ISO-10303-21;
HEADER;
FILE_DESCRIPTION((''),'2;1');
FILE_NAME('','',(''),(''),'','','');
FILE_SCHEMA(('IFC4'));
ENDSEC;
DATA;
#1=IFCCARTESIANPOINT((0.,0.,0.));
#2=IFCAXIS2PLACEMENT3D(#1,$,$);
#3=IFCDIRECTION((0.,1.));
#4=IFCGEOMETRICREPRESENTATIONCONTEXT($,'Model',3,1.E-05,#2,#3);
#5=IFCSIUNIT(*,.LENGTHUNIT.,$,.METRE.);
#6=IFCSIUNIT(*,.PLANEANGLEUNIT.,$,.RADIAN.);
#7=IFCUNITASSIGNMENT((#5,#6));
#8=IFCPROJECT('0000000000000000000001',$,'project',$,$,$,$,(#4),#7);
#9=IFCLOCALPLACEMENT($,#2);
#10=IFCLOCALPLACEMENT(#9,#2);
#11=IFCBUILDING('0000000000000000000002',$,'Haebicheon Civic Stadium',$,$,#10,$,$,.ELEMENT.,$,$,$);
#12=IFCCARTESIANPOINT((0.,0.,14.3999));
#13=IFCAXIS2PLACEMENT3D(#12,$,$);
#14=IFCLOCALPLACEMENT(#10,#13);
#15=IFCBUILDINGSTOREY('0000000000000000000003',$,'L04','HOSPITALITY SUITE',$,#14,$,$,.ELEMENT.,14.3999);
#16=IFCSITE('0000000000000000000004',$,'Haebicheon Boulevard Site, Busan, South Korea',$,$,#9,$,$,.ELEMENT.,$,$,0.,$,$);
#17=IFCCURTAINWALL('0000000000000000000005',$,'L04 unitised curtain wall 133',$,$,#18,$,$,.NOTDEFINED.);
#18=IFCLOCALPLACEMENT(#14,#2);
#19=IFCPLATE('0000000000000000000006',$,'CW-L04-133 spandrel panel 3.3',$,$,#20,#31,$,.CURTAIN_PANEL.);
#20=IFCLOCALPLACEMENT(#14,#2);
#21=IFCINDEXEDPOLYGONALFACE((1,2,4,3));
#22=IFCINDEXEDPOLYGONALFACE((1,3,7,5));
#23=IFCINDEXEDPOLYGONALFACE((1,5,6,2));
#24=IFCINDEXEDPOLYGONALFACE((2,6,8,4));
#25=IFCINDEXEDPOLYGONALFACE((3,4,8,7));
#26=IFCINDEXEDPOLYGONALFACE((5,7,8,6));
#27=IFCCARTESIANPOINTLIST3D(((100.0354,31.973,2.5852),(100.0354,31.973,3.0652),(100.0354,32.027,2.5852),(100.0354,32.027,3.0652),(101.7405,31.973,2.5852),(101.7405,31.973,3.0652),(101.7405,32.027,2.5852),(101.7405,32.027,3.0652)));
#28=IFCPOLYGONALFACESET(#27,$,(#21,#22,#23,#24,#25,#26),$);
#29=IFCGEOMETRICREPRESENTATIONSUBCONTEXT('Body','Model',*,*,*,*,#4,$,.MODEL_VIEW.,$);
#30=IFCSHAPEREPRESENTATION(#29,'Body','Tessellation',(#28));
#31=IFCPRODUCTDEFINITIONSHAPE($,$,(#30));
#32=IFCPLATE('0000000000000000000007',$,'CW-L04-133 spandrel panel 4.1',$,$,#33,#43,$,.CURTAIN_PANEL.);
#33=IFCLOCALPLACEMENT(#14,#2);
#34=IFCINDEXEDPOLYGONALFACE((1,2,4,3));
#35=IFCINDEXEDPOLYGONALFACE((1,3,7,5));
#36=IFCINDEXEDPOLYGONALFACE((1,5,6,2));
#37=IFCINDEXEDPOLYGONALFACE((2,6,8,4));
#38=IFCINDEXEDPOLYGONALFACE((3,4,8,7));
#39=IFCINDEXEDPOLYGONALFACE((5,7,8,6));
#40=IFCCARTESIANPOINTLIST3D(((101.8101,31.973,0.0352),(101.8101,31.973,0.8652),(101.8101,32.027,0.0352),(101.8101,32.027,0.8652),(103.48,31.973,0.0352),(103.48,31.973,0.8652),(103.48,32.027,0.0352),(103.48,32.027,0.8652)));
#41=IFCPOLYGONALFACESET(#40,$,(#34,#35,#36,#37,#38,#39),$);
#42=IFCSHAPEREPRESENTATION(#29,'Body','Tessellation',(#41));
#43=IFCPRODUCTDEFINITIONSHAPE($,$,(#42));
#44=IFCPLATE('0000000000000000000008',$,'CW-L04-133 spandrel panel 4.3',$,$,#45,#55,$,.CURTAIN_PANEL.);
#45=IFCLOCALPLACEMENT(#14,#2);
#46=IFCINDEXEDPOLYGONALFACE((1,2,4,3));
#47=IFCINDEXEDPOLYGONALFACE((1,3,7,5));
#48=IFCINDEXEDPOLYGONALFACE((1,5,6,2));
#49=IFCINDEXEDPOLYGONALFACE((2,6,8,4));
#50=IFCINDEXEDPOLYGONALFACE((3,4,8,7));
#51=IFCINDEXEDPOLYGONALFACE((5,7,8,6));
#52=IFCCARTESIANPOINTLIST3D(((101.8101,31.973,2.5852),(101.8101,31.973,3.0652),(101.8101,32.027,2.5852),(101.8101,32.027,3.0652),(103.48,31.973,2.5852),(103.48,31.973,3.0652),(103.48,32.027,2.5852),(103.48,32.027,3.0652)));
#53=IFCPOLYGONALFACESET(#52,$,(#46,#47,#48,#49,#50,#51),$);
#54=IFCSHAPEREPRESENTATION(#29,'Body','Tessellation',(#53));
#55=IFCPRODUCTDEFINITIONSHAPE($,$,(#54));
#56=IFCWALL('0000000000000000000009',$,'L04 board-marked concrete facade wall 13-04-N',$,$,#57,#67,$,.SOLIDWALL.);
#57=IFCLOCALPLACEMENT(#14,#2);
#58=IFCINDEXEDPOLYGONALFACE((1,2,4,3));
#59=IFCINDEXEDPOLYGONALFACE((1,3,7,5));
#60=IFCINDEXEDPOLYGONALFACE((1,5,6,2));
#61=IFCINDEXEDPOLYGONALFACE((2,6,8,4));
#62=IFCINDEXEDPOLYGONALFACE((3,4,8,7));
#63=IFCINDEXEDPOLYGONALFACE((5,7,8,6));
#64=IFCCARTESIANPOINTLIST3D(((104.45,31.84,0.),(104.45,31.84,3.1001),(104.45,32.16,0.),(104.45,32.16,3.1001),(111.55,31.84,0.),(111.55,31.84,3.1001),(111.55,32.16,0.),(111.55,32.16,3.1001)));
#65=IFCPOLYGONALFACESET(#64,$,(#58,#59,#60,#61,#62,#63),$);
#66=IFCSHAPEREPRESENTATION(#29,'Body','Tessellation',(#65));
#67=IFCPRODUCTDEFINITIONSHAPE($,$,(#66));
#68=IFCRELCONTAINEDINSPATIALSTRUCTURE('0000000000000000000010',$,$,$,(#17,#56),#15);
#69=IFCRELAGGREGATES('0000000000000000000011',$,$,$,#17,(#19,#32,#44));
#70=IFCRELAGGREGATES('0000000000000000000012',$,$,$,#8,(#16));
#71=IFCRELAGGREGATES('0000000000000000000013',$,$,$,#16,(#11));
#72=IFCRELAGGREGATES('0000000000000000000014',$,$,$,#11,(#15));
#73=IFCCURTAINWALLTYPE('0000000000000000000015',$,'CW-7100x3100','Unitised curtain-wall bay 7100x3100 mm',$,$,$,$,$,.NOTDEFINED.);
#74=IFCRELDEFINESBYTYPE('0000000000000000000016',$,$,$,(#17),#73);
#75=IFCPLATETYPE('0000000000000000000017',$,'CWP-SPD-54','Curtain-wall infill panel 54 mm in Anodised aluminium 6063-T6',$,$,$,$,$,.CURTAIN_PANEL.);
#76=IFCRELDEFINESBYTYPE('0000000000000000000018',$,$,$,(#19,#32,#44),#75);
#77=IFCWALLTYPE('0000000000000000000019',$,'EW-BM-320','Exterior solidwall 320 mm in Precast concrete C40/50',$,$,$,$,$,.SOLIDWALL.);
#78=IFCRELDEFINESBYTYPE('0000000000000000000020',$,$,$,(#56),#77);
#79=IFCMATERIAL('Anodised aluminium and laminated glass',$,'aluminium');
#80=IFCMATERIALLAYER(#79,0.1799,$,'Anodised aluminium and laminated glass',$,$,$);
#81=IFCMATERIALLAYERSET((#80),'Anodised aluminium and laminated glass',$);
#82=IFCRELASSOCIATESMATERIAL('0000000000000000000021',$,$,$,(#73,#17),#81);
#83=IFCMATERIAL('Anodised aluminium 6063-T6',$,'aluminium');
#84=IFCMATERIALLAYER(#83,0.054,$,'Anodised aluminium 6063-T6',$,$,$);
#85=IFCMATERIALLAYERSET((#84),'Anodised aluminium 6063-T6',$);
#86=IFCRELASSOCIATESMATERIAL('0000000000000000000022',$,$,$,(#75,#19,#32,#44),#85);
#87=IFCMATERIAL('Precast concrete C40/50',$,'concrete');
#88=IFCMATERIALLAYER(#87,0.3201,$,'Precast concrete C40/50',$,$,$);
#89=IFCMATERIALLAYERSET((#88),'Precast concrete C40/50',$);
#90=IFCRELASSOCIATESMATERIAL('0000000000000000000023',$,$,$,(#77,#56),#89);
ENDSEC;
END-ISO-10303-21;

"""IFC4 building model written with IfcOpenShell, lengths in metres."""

from ifc_helpers import new_model, si_unit, direction, frame, frame_2d, origin, origin_2d, place, context, subcontext, project, spatial, rectangle, extrude, material, layer, layer_set, type_object, element, aggregate, save


model = new_model("IFC4")

# Units and contexts
model_context = context("Model", 3, precision=1e-05, world=origin(), true_north=direction((0.0, 1.0)))
body_context = subcontext(model_context, "Body", "Model", "MODEL_VIEW")
ifc_project = project(units=[si_unit("LENGTHUNIT", "METRE"), si_unit("PLANEANGLEUNIT", "RADIAN")], contexts=[model_context])

# Site, building, storey
site_placement = place(None, origin())
site = spatial("IfcSite", under=ifc_project, at=site_placement, Name="Haebicheon Boulevard Site, Busan, South Korea", CompositionType="ELEMENT", RefElevation=0.0)
building_placement = place(site_placement, origin())
building = spatial("IfcBuilding", under=site, at=building_placement, Name="Haebicheon Civic Stadium", CompositionType="ELEMENT")
storey_placement = place(building_placement, frame((0.0, 0.0, 14.3999)))
storey = spatial("IfcBuildingStorey", under=building, at=storey_placement, Name="L04", Description="HOSPITALITY SUITE", CompositionType="ELEMENT", Elevation=14.3999)

# Curtain wall
ifc_material_1 = material(Name="Anodised aluminium and laminated glass", Category="aluminium")
ifc_layer_1 = layer(ifc_material_1, 0.1799, Name="Anodised aluminium and laminated glass")
ifc_layer_set_1 = layer_set([ifc_layer_1], Name="Anodised aluminium and laminated glass")
curtain_wall_type = type_object("IfcCurtainWallType", Name="CW-7100x3100", Description="Unitised curtain-wall bay 7100x3100 mm", PredefinedType="NOTDEFINED", material=ifc_layer_set_1)
curtain_wall_placement = place(storey_placement, origin())
curtain_wall = element("IfcCurtainWall", 1, at=curtain_wall_placement, inside=storey, type_object=curtain_wall_type, material=ifc_layer_set_1, Name="L04 unitised curtain wall 133", PredefinedType="NOTDEFINED")

# Plates
ifc_material_2 = material(Name="Anodised aluminium 6063-T6", Category="aluminium")
ifc_layer_2 = layer(ifc_material_2, 0.054, Name="Anodised aluminium 6063-T6")
ifc_layer_set_2 = layer_set([ifc_layer_2], Name="Anodised aluminium 6063-T6")
plate_type_1 = type_object("IfcPlateType", Name="CWP-SPD-54", Description="Curtain-wall infill panel 54 mm in Anodised aluminium 6063-T6", PredefinedType="CURTAIN_PANEL", material=ifc_layer_set_2)
plate_1_placement = place(storey_placement, frame((100.8879, 32.0, 2.5852), z_axis=(0.0, 0.0, 1.0), x_axis=(1.0, 0.0, 0.0)))
plate_1 = element("IfcPlate", 2, at=plate_1_placement, type_object=plate_type_1, material=ifc_layer_set_2, Name="CW-L04-133 spandrel panel 3.3", PredefinedType="CURTAIN_PANEL", context=body_context, shape_type="SweptSolid", body=[
    extrude(rectangle(XDim=1.7051, YDim=0.054, at=origin_2d()), origin(), (0.0, 0.0, 1.0), 0.48),
])
plate_2_placement = place(storey_placement, frame((102.645, 32.0, 0.0352), z_axis=(0.0, 0.0, 1.0), x_axis=(1.0, 0.0, 0.0)))
plate_2 = element("IfcPlate", 3, at=plate_2_placement, type_object=plate_type_1, material=ifc_layer_set_2, Name="CW-L04-133 spandrel panel 4.1", PredefinedType="CURTAIN_PANEL", context=body_context, shape_type="SweptSolid", body=[
    extrude(rectangle(XDim=1.6699, YDim=0.054, at=origin_2d()), origin(), (0.0, 0.0, 1.0), 0.8301),
])
plate_3_placement = place(storey_placement, frame((102.645, 32.0, 2.5852), z_axis=(0.0, 0.0, 1.0), x_axis=(1.0, 0.0, 0.0)))
plate_3 = element("IfcPlate", 4, at=plate_3_placement, type_object=plate_type_1, material=ifc_layer_set_2, Name="CW-L04-133 spandrel panel 4.3", PredefinedType="CURTAIN_PANEL", context=body_context, shape_type="SweptSolid", body=[
    extrude(rectangle(XDim=1.6699, YDim=0.054, at=origin_2d()), origin(), (0.0, 0.0, 1.0), 0.48),
])
aggregate(curtain_wall, [plate_1, plate_2, plate_3])

# Wall
ifc_material_3 = material(Name="Precast concrete C40/50", Category="concrete")
ifc_layer_3 = layer(ifc_material_3, 0.3201, Name="Precast concrete C40/50")
ifc_layer_set_3 = layer_set([ifc_layer_3], Name="Precast concrete C40/50")
wall_type = type_object("IfcWallType", Name="EW-BM-320", Description="Exterior solidwall 320 mm in Precast concrete C40/50", PredefinedType="SOLIDWALL", material=ifc_layer_set_3)
wall_placement = place(storey_placement, frame((104.45, 32.0, 0.0), z_axis=(0.0, 0.0, 1.0), x_axis=(1.0, 0.0, 0.0)))
element("IfcWall", 5, at=wall_placement, inside=storey, type_object=wall_type, material=ifc_layer_set_3, Name="L04 board-marked concrete facade wall 13-04-N", PredefinedType="SOLIDWALL", context=body_context, shape_type="SweptSolid", body=[
    extrude(rectangle(XDim=7.1001, YDim=0.3201, at=frame_2d((3.55, 0.0))), origin(), (0.0, 0.0, 1.0), 3.1001),
])

save(model, "model.ifc")
